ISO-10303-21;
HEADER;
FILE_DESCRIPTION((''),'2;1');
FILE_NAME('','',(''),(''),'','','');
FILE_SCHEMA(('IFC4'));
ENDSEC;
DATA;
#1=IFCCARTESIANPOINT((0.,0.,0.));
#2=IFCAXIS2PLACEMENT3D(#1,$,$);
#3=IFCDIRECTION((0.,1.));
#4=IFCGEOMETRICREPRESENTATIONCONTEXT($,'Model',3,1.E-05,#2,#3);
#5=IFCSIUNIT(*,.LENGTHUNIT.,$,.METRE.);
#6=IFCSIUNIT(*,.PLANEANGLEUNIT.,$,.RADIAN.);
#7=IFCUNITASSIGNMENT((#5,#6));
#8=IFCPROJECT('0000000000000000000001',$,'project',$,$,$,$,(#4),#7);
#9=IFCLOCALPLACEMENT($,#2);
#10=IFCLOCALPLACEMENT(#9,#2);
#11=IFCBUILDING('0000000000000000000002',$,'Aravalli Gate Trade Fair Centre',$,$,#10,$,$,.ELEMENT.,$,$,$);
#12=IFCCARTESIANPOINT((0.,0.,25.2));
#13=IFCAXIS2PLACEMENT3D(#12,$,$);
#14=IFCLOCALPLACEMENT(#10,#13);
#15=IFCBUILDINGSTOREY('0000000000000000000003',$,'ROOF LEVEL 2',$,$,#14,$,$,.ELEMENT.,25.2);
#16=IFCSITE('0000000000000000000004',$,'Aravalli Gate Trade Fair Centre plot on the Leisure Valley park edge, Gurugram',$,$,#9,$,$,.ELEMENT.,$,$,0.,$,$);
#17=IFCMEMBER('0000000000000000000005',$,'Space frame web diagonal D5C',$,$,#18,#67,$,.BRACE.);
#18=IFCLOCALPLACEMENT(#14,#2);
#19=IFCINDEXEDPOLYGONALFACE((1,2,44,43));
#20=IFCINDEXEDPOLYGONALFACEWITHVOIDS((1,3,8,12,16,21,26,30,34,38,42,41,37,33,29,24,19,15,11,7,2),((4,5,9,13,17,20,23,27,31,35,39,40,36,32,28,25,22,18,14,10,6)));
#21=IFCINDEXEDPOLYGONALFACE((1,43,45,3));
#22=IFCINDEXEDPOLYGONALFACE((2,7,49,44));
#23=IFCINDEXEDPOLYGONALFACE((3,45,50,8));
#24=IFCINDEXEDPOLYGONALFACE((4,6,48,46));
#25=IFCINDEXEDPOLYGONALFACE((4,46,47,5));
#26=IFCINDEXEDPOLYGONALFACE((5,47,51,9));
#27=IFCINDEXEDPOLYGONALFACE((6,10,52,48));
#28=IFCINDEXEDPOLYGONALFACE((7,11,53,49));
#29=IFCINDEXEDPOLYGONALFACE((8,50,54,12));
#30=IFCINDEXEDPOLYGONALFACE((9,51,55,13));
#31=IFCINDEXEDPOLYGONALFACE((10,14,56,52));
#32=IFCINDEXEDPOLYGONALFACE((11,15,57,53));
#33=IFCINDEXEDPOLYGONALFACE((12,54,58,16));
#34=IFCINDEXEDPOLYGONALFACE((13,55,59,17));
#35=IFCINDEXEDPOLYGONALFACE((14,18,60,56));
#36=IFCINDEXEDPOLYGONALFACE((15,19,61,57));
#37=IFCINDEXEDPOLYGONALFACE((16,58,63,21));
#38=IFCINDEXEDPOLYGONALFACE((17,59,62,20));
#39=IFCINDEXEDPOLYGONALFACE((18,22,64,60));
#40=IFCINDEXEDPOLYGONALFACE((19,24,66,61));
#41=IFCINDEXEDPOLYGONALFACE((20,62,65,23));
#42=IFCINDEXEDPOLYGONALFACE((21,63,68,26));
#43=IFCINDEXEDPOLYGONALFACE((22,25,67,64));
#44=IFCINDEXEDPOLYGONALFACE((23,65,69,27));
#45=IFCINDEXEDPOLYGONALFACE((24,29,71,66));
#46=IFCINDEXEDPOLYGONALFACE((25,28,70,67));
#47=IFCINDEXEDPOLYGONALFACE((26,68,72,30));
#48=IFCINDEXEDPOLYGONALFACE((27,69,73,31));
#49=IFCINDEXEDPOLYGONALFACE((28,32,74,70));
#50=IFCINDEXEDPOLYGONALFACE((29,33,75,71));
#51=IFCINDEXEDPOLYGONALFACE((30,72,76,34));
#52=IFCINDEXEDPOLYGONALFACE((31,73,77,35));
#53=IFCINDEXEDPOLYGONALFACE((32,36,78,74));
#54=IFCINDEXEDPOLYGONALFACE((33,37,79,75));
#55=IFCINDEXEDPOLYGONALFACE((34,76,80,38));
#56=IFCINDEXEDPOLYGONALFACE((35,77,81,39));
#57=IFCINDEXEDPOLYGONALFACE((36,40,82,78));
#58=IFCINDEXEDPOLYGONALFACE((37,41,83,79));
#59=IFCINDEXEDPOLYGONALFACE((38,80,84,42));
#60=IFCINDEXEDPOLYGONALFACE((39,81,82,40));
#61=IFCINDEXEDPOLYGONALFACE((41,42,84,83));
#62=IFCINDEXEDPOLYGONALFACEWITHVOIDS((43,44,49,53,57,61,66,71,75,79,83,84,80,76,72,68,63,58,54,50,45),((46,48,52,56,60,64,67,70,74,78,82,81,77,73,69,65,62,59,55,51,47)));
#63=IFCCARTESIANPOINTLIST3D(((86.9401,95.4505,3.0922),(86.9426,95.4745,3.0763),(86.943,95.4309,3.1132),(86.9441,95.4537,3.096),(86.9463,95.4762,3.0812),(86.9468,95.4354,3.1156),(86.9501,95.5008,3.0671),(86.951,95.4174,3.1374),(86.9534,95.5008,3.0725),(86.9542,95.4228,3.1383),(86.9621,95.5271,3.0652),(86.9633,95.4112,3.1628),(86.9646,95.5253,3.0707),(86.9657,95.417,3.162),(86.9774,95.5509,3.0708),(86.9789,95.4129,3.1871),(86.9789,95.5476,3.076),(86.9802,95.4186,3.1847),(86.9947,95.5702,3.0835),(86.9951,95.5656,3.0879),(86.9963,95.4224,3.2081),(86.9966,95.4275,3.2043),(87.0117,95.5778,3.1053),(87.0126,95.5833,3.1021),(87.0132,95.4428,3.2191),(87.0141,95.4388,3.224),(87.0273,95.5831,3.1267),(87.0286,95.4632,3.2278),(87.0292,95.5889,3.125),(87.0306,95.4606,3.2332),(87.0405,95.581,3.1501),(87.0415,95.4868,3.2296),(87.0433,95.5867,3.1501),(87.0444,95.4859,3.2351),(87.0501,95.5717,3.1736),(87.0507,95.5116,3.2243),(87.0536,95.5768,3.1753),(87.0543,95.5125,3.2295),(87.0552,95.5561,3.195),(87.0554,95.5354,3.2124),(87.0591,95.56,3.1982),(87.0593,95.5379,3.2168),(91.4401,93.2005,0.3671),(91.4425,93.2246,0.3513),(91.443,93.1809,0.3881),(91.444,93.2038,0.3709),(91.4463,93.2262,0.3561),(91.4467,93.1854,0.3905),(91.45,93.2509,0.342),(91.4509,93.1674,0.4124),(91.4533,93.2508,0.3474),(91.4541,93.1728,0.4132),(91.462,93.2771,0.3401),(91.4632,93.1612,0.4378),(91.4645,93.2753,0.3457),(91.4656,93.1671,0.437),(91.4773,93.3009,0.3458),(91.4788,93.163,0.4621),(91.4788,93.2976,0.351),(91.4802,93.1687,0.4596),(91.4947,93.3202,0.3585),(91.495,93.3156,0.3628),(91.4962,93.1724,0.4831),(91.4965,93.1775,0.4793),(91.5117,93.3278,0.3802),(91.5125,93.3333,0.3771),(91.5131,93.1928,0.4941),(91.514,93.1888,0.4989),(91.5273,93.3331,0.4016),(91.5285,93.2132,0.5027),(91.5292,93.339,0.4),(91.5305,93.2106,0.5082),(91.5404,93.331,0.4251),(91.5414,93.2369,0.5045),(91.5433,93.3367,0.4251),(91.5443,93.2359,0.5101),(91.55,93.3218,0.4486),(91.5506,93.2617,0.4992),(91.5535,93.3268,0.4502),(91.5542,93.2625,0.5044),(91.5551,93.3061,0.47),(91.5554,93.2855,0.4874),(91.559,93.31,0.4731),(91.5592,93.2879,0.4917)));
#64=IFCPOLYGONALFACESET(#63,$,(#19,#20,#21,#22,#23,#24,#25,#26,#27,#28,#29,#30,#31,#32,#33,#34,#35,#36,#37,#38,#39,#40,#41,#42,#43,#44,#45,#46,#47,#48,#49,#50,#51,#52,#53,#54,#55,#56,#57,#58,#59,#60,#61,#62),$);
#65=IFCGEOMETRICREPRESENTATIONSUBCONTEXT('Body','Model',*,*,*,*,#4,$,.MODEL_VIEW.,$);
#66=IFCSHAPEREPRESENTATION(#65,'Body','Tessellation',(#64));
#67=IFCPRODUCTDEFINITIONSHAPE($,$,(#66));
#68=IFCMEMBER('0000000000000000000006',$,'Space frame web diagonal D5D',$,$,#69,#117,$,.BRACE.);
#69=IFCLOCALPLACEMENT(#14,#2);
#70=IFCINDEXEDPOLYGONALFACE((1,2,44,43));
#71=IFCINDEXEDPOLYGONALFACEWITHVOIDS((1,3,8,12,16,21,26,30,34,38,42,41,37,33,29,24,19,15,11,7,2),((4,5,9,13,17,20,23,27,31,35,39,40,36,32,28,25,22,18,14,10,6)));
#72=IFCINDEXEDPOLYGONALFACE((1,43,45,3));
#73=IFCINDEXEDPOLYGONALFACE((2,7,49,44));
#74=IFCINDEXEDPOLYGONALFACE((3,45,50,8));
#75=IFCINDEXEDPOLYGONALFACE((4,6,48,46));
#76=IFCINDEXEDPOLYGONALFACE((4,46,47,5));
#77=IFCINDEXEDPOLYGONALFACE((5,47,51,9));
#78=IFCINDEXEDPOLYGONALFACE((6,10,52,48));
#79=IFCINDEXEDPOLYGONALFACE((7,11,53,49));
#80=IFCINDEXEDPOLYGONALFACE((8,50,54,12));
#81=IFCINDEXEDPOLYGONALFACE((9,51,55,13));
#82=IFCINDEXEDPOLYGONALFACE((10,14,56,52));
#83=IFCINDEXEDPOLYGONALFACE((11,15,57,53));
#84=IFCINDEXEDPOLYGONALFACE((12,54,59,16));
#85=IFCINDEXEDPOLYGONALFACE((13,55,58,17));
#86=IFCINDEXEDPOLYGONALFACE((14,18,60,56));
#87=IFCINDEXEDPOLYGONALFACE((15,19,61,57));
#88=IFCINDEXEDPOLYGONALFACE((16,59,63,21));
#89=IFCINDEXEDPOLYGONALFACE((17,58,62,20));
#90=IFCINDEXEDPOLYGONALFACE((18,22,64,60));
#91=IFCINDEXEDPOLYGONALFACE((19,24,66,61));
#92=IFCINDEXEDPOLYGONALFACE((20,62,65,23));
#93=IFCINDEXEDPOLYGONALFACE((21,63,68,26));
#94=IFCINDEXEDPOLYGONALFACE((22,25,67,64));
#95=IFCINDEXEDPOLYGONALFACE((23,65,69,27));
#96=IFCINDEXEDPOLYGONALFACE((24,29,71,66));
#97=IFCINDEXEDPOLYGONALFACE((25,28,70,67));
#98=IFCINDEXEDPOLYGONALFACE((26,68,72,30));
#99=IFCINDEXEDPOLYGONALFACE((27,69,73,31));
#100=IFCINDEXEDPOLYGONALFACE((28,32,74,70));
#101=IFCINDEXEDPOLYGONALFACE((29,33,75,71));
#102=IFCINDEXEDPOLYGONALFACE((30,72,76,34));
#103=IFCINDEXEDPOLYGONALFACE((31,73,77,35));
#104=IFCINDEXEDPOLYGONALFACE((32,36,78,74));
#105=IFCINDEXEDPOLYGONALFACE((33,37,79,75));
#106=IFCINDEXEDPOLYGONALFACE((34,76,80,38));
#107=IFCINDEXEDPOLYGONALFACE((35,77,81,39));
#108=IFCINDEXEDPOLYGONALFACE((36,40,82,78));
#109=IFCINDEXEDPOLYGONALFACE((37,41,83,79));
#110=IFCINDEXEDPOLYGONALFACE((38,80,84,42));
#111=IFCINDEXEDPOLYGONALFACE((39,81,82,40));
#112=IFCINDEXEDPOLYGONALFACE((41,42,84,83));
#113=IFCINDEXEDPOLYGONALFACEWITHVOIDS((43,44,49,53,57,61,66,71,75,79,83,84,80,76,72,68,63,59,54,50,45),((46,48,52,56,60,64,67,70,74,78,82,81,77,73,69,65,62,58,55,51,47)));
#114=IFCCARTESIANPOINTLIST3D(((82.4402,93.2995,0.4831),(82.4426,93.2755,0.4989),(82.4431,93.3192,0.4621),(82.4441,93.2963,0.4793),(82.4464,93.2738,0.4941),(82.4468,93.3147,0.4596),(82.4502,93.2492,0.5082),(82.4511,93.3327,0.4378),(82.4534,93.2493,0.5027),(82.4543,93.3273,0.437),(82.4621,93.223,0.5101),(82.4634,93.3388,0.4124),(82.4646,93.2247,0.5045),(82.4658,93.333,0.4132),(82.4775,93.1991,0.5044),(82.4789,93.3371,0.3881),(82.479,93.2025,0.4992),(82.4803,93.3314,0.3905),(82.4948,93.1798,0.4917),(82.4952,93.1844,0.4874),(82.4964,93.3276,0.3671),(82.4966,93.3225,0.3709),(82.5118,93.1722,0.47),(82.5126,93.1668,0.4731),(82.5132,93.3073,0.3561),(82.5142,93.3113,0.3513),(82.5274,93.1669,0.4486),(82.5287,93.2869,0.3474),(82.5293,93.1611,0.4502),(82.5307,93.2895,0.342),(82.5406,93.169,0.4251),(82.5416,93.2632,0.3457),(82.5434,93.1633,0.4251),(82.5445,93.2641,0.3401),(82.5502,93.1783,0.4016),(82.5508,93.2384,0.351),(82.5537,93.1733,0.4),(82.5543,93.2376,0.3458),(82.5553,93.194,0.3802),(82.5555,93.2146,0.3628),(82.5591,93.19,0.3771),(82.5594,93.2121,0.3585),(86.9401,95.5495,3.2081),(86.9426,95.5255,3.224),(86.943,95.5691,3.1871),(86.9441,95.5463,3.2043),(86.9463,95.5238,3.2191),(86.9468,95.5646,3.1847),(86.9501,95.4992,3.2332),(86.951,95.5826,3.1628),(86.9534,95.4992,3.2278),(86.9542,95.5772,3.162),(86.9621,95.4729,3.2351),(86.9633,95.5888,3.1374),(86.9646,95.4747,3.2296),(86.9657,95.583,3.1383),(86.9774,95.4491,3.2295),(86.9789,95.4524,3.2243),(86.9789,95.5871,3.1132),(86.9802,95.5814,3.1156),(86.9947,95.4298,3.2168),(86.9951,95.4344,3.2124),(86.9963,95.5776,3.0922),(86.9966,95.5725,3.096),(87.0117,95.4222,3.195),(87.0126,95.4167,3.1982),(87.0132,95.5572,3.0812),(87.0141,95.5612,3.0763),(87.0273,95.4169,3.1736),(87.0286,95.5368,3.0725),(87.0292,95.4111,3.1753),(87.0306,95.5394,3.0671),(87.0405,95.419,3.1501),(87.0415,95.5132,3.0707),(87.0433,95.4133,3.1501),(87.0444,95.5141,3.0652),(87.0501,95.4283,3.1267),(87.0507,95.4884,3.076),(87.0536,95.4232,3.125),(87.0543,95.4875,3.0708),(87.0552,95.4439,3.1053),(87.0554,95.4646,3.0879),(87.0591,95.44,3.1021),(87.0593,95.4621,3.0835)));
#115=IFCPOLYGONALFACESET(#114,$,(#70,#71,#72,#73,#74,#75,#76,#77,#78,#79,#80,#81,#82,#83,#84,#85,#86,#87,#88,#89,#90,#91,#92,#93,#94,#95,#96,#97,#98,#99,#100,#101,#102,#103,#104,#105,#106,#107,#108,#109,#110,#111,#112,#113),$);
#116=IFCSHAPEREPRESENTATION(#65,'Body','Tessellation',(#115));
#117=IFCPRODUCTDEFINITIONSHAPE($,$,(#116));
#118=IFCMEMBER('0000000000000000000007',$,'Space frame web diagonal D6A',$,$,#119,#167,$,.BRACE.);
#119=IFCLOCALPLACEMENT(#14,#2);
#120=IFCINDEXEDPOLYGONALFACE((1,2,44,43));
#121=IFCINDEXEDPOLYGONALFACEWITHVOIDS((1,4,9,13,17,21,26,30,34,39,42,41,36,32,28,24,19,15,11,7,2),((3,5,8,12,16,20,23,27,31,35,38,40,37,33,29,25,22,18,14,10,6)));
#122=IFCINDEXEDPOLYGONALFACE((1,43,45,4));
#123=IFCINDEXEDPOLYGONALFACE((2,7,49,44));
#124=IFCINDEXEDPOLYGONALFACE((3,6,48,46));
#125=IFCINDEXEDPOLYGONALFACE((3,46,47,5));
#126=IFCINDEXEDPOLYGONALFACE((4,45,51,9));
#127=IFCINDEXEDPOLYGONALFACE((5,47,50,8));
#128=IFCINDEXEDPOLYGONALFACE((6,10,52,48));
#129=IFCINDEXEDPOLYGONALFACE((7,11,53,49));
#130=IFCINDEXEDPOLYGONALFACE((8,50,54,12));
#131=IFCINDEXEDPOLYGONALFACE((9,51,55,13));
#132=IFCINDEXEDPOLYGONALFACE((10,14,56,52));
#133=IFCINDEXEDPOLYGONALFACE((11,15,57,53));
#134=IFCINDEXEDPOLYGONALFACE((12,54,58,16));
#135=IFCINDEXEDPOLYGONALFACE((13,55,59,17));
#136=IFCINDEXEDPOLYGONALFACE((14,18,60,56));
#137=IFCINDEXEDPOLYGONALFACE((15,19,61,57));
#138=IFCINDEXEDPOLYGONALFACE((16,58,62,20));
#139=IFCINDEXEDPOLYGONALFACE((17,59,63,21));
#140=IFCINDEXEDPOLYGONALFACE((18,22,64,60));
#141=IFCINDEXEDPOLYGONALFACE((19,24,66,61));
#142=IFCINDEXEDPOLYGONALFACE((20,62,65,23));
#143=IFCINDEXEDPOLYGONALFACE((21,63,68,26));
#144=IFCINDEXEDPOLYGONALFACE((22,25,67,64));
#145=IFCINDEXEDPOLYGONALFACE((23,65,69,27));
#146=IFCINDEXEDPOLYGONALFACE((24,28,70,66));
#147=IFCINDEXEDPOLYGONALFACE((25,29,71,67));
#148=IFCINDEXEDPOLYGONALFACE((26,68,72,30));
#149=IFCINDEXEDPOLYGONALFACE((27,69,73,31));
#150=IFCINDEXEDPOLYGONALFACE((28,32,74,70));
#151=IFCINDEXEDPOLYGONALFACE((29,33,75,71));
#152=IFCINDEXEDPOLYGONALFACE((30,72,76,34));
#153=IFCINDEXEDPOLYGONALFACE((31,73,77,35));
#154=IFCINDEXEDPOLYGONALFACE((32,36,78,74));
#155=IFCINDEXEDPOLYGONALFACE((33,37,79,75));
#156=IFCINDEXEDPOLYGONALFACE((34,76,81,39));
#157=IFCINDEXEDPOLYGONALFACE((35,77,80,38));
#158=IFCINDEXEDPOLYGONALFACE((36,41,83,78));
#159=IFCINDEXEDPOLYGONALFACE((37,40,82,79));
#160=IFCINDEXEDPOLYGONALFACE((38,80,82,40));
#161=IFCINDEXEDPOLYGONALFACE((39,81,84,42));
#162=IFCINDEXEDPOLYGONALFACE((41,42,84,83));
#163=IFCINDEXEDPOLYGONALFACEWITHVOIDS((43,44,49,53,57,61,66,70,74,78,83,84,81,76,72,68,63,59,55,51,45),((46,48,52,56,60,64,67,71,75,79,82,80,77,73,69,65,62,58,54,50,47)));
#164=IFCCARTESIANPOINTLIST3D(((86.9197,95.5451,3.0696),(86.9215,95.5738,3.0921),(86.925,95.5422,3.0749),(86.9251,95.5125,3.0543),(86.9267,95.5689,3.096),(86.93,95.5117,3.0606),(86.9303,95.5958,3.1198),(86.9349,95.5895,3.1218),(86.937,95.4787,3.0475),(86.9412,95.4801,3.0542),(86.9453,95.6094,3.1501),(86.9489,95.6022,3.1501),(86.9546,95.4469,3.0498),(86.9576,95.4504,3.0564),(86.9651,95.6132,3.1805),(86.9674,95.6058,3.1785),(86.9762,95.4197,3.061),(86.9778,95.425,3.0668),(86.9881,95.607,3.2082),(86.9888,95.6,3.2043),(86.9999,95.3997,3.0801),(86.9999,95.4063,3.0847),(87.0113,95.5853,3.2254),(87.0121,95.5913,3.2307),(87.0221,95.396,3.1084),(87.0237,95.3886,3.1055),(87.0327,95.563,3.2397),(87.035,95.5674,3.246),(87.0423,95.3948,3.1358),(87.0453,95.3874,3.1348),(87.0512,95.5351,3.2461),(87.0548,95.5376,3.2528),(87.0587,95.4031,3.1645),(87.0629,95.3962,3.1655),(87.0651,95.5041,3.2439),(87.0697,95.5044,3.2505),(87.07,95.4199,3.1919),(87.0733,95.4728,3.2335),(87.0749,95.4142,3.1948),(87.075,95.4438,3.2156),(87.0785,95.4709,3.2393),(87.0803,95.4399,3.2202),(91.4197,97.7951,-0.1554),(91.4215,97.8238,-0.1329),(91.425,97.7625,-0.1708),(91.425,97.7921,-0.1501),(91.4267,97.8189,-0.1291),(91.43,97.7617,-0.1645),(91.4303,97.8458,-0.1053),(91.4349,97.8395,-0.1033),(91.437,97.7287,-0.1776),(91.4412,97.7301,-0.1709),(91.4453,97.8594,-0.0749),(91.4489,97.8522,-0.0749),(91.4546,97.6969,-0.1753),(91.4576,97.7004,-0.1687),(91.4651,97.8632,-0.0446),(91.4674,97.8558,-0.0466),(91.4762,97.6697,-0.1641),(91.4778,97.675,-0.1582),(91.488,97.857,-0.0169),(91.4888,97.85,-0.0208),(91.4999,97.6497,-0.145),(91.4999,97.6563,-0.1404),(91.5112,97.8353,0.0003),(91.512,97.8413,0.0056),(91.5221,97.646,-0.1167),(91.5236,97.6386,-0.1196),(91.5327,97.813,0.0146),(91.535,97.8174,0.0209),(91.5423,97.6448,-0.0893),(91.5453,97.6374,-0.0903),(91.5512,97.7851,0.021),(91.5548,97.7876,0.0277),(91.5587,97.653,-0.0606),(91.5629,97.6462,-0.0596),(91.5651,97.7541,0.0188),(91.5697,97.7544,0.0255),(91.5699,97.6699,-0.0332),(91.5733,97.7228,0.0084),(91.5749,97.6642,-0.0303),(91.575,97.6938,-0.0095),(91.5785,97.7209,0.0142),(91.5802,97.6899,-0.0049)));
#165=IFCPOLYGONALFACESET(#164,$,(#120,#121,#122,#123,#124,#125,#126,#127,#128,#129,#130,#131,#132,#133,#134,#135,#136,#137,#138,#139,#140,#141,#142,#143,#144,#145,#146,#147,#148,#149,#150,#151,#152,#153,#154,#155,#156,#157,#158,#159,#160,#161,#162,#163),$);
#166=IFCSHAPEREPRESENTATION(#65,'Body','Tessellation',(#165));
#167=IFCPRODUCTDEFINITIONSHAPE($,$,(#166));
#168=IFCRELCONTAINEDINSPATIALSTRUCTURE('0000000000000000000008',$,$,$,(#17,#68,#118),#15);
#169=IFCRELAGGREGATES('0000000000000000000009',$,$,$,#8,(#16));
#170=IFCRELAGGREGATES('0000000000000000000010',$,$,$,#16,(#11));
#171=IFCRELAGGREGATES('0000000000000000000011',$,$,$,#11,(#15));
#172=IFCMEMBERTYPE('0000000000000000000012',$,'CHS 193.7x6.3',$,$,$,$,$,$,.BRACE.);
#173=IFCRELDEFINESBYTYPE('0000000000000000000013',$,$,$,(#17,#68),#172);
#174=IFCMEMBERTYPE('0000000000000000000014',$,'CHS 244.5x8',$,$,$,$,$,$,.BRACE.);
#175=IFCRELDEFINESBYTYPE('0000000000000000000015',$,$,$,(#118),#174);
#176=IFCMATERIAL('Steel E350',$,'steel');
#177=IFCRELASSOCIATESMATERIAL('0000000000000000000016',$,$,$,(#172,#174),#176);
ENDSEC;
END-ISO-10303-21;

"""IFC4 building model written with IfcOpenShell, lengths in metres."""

from ifc_helpers import new_model, si_unit, direction, frame, origin, origin_2d, place, context, subcontext, project, spatial, hollow_circle, extrude, material, material_profile, profile_set, type_object, element, save


model = new_model("IFC4")

# Units and contexts
model_context = context("Model", 3, precision=1e-05, world=origin(), true_north=direction((0.0, 1.0)))
body_context = subcontext(model_context, "Body", "Model", "MODEL_VIEW")
ifc_project = project(units=[si_unit("LENGTHUNIT", "METRE"), si_unit("PLANEANGLEUNIT", "RADIAN")], contexts=[model_context])

# Site, building, storey
site_placement = place(None, origin())
site = spatial("IfcSite", under=ifc_project, at=site_placement, Name="Aravalli Gate Trade Fair Centre plot on the Leisure Valley park edge, Gurugram", CompositionType="ELEMENT", RefElevation=0.0)
building_placement = place(site_placement, origin())
building = spatial("IfcBuilding", under=site, at=building_placement, Name="Aravalli Gate Trade Fair Centre", CompositionType="ELEMENT")
storey_placement = place(building_placement, frame((0.0, 0.0, 25.2)))
storey = spatial("IfcBuildingStorey", under=building, at=storey_placement, Name="ROOF LEVEL 2", CompositionType="ELEMENT", Elevation=25.2)

# Members
ifc_material_1 = material(Name="Steel E350", Category="steel")
ifc_material_profile_1 = material_profile(ifc_material_1, hollow_circle(Radius=0.0969, WallThickness=0.0063, at=origin_2d()), Name="CHS 193.7x6.3")
ifc_profile_set_1 = profile_set([ifc_material_profile_1], Name="Steel E350")
member_type_1 = type_object("IfcMemberType", Name="CHS 193.7x6.3", PredefinedType="BRACE", material=ifc_profile_set_1)
for number, where, z_axis, x_axis, name in (
    (1, (87.0, 95.5, 3.1501), (0.78647, -0.393235, -0.476268), (0.447214, 0.894427, 0.0), "Space frame web diagonal D5C"),
    (2, (87.0, 95.5, 3.1501), (-0.78647, -0.393235, -0.476268), (0.447214, -0.894427, 0.0), "Space frame web diagonal D5D"),
):
    element("IfcMember", number, at=place(storey_placement, frame(where, z_axis=z_axis, x_axis=x_axis)), inside=storey, type_object=member_type_1, Name=name, PredefinedType="BRACE", context=body_context, shape_type="SweptSolid", body=[
        extrude(hollow_circle(Radius=0.0969, WallThickness=0.0063, at=origin_2d()), origin(), (0.0, 0.0, 1.0), 5.7217),
    ])
ifc_material_profile_2 = material_profile(ifc_material_1, hollow_circle(Radius=0.1223, WallThickness=0.0081, at=origin_2d()), Name="CHS 244.5x8")
ifc_profile_set_2 = profile_set([ifc_material_profile_2], Name="Steel E350")
member_type_2 = type_object("IfcMemberType", Name="CHS 244.5x8", PredefinedType="BRACE", material=ifc_profile_set_2)
for number, where, z_axis, x_axis, name in (
    (3, (87.0, 95.5, 3.1501), (0.753, 0.3765, -0.539666), (-0.447214, 0.894427, 0.0), "Space frame web diagonal D6A"),
):
    element("IfcMember", number, at=place(storey_placement, frame(where, z_axis=z_axis, x_axis=x_axis)), inside=storey, type_object=member_type_2, Name=name, PredefinedType="BRACE", context=body_context, shape_type="SweptSolid", body=[
        extrude(hollow_circle(Radius=0.1223, WallThickness=0.0081, at=origin_2d()), origin(), (0.0, 0.0, 1.0), 5.9761),
    ])

save(model, "model.ifc")
